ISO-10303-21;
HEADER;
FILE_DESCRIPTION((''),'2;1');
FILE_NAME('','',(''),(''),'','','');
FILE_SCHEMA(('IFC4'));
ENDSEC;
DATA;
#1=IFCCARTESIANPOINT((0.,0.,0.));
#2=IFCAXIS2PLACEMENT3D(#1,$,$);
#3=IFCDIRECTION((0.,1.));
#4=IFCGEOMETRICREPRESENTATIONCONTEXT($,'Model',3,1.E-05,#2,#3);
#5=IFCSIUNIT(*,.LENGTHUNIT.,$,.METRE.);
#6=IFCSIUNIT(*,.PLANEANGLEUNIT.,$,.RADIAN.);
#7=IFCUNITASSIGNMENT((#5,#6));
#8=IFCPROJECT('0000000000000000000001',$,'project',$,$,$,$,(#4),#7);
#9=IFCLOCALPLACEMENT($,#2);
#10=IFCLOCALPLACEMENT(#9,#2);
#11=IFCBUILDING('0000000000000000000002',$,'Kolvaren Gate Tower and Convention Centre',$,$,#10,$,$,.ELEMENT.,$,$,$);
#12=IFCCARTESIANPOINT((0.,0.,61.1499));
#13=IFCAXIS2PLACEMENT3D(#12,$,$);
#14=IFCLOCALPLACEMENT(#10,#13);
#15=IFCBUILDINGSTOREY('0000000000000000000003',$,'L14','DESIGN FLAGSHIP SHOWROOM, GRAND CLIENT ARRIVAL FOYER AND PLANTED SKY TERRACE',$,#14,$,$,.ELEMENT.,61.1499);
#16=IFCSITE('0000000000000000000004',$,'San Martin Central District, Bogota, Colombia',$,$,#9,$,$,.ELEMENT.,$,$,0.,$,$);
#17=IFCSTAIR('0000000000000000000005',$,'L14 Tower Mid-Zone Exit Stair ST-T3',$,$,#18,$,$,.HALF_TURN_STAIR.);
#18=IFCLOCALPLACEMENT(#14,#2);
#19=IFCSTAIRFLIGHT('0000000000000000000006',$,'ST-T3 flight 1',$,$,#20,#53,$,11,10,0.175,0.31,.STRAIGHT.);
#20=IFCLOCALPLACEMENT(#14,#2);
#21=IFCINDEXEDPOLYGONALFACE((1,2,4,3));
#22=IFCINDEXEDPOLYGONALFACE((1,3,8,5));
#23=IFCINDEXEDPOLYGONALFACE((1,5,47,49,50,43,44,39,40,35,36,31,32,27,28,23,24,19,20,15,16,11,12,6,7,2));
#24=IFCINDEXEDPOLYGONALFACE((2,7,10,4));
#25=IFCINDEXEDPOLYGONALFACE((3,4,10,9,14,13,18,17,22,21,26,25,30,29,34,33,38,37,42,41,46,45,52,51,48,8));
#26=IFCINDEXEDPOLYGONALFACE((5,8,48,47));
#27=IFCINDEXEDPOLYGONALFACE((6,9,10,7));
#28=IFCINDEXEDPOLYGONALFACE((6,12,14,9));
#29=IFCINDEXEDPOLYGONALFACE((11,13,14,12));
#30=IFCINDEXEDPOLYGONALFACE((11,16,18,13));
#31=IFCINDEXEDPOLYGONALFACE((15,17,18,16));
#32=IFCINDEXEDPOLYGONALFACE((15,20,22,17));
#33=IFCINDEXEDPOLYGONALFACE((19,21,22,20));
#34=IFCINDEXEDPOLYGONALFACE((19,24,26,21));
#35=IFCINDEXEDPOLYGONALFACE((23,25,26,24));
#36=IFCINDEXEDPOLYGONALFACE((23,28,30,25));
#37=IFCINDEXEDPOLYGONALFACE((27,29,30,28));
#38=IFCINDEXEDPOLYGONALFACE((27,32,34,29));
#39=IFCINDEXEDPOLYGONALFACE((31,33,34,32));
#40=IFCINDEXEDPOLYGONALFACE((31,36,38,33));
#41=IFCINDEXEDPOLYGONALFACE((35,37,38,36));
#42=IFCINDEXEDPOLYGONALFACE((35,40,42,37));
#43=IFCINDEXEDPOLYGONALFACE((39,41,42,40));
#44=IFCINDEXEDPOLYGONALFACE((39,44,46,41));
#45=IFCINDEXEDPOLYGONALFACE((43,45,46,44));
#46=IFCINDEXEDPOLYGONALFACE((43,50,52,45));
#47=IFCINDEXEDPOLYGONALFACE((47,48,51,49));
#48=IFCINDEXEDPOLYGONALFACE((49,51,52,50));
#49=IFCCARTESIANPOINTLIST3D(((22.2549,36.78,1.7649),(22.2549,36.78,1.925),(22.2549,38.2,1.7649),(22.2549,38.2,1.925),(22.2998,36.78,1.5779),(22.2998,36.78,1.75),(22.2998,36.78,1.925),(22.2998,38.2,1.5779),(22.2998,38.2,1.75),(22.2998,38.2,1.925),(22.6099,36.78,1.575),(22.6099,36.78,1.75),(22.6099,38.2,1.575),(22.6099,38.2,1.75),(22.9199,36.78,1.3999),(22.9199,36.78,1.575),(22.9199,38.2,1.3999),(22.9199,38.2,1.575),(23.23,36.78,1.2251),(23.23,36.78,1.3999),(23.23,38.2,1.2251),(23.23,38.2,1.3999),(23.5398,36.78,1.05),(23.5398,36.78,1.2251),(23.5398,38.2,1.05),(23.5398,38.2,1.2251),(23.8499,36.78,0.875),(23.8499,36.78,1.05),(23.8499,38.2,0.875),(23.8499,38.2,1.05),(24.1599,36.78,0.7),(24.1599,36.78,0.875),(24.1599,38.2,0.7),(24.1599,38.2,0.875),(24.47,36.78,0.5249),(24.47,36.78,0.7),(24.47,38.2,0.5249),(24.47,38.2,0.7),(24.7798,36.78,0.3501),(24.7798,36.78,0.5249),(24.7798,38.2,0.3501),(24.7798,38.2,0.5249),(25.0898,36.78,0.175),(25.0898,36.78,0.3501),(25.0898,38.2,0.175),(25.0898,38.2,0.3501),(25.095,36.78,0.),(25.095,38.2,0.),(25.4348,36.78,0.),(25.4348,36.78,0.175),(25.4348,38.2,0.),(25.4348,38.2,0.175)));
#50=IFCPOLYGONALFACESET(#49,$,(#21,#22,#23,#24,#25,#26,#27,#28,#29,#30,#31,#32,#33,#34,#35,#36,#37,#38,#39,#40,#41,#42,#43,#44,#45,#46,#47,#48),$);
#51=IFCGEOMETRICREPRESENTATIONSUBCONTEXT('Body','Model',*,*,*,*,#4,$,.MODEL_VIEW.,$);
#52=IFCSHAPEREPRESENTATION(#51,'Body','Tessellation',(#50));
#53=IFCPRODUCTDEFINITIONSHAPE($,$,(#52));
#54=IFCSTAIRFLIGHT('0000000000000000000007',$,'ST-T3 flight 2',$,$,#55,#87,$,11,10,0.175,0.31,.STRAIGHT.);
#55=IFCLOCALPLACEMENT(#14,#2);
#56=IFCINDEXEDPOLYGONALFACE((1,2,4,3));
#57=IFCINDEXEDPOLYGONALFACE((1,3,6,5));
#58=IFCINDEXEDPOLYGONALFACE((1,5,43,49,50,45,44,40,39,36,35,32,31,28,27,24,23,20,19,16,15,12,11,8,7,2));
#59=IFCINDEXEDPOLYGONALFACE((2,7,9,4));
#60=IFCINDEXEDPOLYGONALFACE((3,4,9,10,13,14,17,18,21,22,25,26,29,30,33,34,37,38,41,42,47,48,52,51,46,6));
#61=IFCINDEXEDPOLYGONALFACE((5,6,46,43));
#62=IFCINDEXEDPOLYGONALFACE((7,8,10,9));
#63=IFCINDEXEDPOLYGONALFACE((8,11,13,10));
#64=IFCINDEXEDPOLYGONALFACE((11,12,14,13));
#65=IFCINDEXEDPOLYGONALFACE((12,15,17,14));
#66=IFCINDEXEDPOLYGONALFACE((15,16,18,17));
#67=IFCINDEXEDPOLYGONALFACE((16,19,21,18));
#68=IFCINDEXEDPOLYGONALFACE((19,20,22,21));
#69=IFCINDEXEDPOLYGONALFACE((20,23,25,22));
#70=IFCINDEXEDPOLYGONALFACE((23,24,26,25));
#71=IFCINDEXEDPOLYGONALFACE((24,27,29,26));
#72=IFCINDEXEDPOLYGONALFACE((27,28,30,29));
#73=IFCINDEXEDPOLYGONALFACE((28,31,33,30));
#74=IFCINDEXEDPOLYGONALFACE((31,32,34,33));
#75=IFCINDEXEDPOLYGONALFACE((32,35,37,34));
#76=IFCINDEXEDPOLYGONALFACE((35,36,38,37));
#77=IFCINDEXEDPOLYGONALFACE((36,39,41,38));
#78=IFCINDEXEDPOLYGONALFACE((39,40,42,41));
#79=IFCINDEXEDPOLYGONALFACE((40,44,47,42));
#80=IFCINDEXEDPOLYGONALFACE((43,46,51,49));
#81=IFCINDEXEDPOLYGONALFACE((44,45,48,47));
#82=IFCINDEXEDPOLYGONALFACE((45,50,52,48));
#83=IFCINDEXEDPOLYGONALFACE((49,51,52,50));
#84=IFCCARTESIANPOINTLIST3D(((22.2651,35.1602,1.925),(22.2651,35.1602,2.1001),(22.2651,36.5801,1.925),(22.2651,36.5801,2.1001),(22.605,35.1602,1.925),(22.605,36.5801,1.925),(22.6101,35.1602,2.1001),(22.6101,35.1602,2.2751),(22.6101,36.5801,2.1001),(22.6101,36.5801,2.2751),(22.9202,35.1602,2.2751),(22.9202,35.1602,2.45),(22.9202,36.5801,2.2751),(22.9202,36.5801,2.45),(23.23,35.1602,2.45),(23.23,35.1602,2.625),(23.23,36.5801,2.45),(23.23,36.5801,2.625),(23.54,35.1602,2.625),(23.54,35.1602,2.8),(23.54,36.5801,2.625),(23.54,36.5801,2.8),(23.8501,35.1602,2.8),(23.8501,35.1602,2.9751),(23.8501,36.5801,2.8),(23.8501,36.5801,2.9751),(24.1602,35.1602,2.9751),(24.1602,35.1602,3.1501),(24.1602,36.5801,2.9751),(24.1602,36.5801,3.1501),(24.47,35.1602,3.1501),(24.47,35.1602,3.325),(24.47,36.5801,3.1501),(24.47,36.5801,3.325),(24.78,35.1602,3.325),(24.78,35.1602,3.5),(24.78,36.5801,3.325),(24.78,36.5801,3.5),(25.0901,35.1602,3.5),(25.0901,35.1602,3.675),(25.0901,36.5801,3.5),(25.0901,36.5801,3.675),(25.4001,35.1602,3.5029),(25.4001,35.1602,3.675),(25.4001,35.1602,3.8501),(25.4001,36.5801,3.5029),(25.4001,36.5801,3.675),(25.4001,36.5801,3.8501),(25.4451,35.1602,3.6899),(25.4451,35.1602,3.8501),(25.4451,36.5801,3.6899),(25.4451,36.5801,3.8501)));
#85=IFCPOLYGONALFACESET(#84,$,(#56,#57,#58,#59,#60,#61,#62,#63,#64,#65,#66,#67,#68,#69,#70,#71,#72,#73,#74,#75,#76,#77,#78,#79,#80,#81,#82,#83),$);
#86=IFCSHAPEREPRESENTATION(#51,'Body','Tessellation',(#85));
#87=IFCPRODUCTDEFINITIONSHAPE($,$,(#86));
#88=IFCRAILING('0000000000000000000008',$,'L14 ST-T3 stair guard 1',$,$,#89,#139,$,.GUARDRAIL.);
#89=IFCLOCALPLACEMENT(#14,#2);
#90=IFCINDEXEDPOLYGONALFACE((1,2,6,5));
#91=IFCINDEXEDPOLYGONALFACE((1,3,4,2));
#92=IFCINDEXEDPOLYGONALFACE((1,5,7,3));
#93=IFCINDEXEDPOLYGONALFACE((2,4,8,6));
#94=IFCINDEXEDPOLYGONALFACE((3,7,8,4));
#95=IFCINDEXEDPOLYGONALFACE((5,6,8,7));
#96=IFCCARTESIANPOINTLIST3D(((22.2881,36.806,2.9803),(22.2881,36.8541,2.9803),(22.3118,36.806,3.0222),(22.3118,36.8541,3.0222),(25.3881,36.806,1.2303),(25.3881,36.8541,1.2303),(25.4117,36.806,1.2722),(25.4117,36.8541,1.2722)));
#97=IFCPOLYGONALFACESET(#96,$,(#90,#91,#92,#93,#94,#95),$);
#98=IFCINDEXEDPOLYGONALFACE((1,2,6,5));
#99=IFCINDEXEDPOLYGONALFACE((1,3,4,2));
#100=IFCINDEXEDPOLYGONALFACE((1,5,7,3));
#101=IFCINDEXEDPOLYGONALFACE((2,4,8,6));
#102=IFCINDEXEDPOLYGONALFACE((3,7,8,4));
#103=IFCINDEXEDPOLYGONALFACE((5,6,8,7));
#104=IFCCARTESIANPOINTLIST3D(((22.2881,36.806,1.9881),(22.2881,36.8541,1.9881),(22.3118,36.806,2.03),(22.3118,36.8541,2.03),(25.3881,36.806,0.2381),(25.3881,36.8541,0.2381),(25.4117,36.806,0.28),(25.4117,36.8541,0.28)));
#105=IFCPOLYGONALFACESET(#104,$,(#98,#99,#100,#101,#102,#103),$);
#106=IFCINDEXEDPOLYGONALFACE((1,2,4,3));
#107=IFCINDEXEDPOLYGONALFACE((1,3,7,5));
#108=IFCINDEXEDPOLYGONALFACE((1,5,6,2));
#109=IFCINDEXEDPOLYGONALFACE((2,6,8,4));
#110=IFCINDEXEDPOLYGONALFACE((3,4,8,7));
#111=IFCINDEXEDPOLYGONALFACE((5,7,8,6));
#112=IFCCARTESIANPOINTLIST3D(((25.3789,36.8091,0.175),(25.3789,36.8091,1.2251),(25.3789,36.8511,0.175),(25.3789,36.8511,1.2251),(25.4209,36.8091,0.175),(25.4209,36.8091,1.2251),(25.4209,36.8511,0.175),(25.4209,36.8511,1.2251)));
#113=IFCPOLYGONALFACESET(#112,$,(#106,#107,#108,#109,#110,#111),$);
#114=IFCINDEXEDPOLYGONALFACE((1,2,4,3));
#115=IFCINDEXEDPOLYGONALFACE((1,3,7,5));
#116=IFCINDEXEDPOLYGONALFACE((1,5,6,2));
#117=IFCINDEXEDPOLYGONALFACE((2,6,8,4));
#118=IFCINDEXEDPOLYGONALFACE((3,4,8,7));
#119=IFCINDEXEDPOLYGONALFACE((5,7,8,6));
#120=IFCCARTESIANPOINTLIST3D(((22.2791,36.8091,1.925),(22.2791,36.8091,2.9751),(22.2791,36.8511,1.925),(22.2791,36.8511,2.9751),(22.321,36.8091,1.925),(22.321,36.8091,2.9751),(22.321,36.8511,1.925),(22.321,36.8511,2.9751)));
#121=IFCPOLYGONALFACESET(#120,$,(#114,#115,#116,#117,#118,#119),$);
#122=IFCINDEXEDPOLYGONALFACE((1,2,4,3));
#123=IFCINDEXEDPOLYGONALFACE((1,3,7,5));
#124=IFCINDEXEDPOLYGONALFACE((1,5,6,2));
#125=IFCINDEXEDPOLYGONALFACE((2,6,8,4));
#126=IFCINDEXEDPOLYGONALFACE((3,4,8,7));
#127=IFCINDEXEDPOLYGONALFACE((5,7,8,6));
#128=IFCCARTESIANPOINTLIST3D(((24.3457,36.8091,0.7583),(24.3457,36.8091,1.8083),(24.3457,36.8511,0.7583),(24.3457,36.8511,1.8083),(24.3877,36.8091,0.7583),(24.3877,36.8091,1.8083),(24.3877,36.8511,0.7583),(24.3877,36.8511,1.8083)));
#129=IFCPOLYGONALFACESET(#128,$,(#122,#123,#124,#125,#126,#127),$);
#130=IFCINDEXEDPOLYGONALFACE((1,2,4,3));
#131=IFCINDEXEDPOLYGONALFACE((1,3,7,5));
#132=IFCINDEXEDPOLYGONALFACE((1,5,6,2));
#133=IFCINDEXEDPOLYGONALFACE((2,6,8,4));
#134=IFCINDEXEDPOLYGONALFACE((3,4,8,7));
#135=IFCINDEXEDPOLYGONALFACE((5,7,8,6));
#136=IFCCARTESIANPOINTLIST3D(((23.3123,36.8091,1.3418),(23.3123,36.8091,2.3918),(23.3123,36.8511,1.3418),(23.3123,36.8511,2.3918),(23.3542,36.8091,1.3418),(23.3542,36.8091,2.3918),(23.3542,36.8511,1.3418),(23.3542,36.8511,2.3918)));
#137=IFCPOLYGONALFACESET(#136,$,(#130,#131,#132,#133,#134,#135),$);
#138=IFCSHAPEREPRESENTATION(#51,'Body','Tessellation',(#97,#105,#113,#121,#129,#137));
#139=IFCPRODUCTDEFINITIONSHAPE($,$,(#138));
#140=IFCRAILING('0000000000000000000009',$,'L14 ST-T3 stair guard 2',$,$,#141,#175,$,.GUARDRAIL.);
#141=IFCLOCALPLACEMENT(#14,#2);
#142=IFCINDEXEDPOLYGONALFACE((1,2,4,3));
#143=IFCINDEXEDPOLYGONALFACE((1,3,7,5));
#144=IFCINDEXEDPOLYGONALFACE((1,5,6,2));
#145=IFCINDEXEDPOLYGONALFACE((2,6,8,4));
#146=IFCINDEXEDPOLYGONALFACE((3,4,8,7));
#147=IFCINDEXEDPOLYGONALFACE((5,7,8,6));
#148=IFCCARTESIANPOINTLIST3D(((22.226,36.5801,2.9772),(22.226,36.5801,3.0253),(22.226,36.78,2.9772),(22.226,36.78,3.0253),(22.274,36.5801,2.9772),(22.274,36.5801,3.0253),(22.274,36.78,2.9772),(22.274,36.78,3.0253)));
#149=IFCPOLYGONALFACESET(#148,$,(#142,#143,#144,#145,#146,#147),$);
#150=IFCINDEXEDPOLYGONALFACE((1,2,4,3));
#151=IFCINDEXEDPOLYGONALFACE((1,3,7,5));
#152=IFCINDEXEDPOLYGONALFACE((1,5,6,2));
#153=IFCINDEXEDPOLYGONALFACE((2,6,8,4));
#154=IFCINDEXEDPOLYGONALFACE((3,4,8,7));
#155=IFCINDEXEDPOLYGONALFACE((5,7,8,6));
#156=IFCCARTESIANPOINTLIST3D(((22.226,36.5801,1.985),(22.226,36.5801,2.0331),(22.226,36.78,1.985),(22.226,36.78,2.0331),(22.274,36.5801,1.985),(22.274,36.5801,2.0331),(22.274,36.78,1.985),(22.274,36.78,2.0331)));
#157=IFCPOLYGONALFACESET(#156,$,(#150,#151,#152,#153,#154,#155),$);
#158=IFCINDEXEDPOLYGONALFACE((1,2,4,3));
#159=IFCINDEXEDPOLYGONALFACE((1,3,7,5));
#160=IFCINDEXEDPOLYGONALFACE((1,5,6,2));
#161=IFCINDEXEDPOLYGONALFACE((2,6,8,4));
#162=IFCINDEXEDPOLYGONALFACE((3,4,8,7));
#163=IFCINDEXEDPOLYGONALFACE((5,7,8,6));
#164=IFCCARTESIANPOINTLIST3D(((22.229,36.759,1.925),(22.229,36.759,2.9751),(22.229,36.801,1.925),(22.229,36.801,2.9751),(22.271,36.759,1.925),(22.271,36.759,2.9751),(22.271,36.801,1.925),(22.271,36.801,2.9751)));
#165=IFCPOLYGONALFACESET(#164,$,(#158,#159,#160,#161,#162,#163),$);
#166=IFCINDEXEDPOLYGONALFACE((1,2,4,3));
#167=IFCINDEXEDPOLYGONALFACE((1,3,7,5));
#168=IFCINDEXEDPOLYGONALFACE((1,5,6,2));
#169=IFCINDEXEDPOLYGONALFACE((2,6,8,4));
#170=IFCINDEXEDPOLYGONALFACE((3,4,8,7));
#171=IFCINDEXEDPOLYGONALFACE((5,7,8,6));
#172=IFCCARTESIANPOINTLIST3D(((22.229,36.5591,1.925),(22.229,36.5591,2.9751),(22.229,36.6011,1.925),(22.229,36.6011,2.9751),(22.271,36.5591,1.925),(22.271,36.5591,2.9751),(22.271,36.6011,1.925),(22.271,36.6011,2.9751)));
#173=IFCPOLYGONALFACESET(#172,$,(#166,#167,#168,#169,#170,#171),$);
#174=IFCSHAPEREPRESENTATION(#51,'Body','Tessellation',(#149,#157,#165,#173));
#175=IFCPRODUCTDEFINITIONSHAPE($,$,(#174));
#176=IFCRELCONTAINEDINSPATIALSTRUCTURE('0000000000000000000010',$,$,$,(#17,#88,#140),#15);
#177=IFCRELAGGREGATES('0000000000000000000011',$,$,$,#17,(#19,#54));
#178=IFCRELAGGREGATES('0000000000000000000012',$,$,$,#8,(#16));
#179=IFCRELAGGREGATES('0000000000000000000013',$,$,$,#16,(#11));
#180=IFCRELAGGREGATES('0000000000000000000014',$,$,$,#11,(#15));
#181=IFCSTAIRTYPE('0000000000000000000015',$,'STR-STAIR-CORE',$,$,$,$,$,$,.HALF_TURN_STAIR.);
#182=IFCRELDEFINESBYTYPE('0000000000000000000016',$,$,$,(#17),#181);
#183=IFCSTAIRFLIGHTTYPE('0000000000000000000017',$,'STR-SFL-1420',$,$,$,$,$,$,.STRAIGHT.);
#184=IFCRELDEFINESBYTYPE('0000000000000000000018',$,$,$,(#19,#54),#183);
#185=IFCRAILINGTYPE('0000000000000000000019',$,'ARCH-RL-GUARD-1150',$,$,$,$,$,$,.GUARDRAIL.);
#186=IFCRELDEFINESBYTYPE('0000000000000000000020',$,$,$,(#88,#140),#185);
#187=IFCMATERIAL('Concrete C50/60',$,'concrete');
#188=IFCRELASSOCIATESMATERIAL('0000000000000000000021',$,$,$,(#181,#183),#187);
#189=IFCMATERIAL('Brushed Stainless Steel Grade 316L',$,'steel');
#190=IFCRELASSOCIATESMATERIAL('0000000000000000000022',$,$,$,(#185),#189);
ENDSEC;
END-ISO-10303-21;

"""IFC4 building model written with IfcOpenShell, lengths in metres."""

from ifc_helpers import new_model, si_unit, direction, frame, origin, origin_2d, place, context, subcontext, project, spatial, polyline, rectangle, outline, extrude, material, type_object, element, aggregate, save


model = new_model("IFC4")

# Units and contexts
model_context = context("Model", 3, precision=1e-05, world=origin(), true_north=direction((0.0, 1.0)))
body_context = subcontext(model_context, "Body", "Model", "MODEL_VIEW")
ifc_project = project(units=[si_unit("LENGTHUNIT", "METRE"), si_unit("PLANEANGLEUNIT", "RADIAN")], contexts=[model_context])

# Site, building, storey
site_placement = place(None, origin())
site = spatial("IfcSite", under=ifc_project, at=site_placement, Name="San Martin Central District, Bogota, Colombia", CompositionType="ELEMENT", RefElevation=0.0)
building_placement = place(site_placement, origin())
building = spatial("IfcBuilding", under=site, at=building_placement, Name="Kolvaren Gate Tower and Convention Centre", CompositionType="ELEMENT")
storey_placement = place(building_placement, frame((0.0, 0.0, 61.1499)))
storey = spatial("IfcBuildingStorey", under=building, at=storey_placement, Name="L14", Description="DESIGN FLAGSHIP SHOWROOM, GRAND CLIENT ARRIVAL FOYER AND PLANTED SKY TERRACE", CompositionType="ELEMENT", Elevation=61.1499)

# Shared definitions
ifc_material_1 = material(Name="Concrete C50/60", Category="concrete")

# Stair, stair flights
stair_type = type_object("IfcStairType", Name="STR-STAIR-CORE", PredefinedType="HALF_TURN_STAIR", material=ifc_material_1)
stair_placement = place(storey_placement, origin())
stair = element("IfcStair", 1, at=stair_placement, inside=storey, type_object=stair_type, Name="L14 Tower Mid-Zone Exit Stair ST-T3", PredefinedType="HALF_TURN_STAIR")
stair_flight_type = type_object("IfcStairFlightType", Name="STR-SFL-1420", PredefinedType="STRAIGHT", material=ifc_material_1)
stair_flight_1_placement = place(storey_placement, frame((25.3999, 37.49, 0.0), z_axis=(0.0, 0.0, 1.0), x_axis=(-1.0, 0.0, 0.0)))
stair_flight_1 = element("IfcStairFlight", 2, at=stair_flight_1_placement, type_object=stair_flight_type, Name="ST-T3 flight 1", NumberOfRisers=11, NumberOfTreads=10, PredefinedType="STRAIGHT", RiserHeight=0.175, TreadLength=0.31, context=body_context, shape_type="SweptSolid", body=[
    extrude(outline(polyline([(-0.0349, 0.0), (-0.0349, 0.175), (0.3101, 0.175), (0.3101, 0.3501), (0.6201, 0.3501), (0.6201, 0.5249), (0.9299, 0.5249), (0.9299, 0.7), (1.24, 0.7), (1.24, 0.875), (1.55, 0.875), (1.55, 1.05), (1.8601, 1.05), (1.8601, 1.2251), (2.1699, 1.2251), (2.1699, 1.3999), (2.48, 1.3999), (2.48, 1.575), (2.79, 1.575), (2.79, 1.75), (3.1001, 1.75), (3.1001, 1.925), (3.145, 1.925), (3.145, 1.7649), (3.1001, 1.5779), (0.3049, 0.0), (-0.0349, 0.0)])), frame((0.0, 0.71, 0.0), z_axis=(0.0, -1.0, 0.0), x_axis=(1.0, 0.0, 0.0)), (0.0, 0.0, 1.0), 1.4199),
])
stair_flight_2_placement = place(storey_placement, frame((22.3, 35.8701, 1.925), z_axis=(0.0, 0.0, 1.0), x_axis=(1.0, 0.0, 0.0)))
stair_flight_2 = element("IfcStairFlight", 3, at=stair_flight_2_placement, type_object=stair_flight_type, Name="ST-T3 flight 2", NumberOfRisers=11, NumberOfTreads=10, PredefinedType="STRAIGHT", RiserHeight=0.175, TreadLength=0.31, context=body_context, shape_type="SweptSolid", body=[
    extrude(outline(polyline([(-0.0349, 0.0), (-0.0349, 0.175), (0.3101, 0.175), (0.3101, 0.3501), (0.6201, 0.3501), (0.6201, 0.5249), (0.9299, 0.5249), (0.9299, 0.7), (1.24, 0.7), (1.24, 0.875), (1.55, 0.875), (1.55, 1.05), (1.8601, 1.05), (1.8601, 1.2251), (2.1699, 1.2251), (2.1699, 1.3999), (2.48, 1.3999), (2.48, 1.575), (2.79, 1.575), (2.79, 1.75), (3.1001, 1.75), (3.1001, 1.925), (3.145, 1.925), (3.145, 1.7649), (3.1001, 1.5779), (0.3049, 0.0), (-0.0349, 0.0)])), frame((0.0, 0.71, 0.0), z_axis=(0.0, -1.0, 0.0), x_axis=(1.0, 0.0, 0.0)), (0.0, 0.0, 1.0), 1.4199),
])
aggregate(stair, [stair_flight_1, stair_flight_2])

# Railings
ifc_material_2 = material(Name="Brushed Stainless Steel Grade 316L", Category="steel")
railing_type_1 = type_object("IfcRailingType", Name="ARCH-RL-GUARD-1150", PredefinedType="GUARDRAIL", material=ifc_material_2)
railing_1_placement = place(storey_placement, frame((25.3999, 36.8301, 0.175)))
element("IfcRailing", 4, at=railing_1_placement, inside=storey, type_object=railing_type_1, Name="L14 ST-T3 stair guard 1", PredefinedType="GUARDRAIL", context=body_context, shape_type="SweptSolid", body=[
    extrude(rectangle(XDim=0.0481, YDim=0.0481, at=origin_2d()), frame((0.0, 0.0, 1.0762), z_axis=(-0.870814, 0.0, 0.491612), x_axis=(0.0, -1.0, 0.0)), (0.0, 0.0, 1.0), 3.5598),
    extrude(rectangle(XDim=0.0481, YDim=0.0481, at=origin_2d()), frame((0.0, 0.0, 0.084), z_axis=(-0.870814, 0.0, 0.491612), x_axis=(0.0, -1.0, 0.0)), (0.0, 0.0, 1.0), 3.5598),
    extrude(rectangle(XDim=0.042, YDim=0.042, at=origin_2d()), origin(), (0.0, 0.0, 1.0), 1.05),
    extrude(rectangle(XDim=0.042, YDim=0.042, at=origin_2d()), frame((-3.0999, 0.0, 1.75)), (0.0, 0.0, 1.0), 1.05),
    extrude(rectangle(XDim=0.042, YDim=0.042, at=origin_2d()), frame((-1.0332, 0.0, 0.5833)), (0.0, 0.0, 1.0), 1.05),
    extrude(rectangle(XDim=0.042, YDim=0.042, at=origin_2d()), frame((-2.0667, 0.0, 1.1667)), (0.0, 0.0, 1.0), 1.05),
])
railing_2_placement = place(storey_placement, frame((22.25, 36.78, 1.925)))
element("IfcRailing", 5, at=railing_2_placement, inside=storey, type_object=railing_type_1, Name="L14 ST-T3 stair guard 2", PredefinedType="GUARDRAIL", context=body_context, shape_type="SweptSolid", body=[
    extrude(rectangle(XDim=0.0481, YDim=0.0481, at=origin_2d()), frame((0.0, 0.0, 1.0762), z_axis=(0.0, -1.0, 0.0), x_axis=(1.0, 0.0, 0.0)), (0.0, 0.0, 1.0), 0.2),
    extrude(rectangle(XDim=0.0481, YDim=0.0481, at=origin_2d()), frame((0.0, 0.0, 0.084), z_axis=(0.0, -1.0, 0.0), x_axis=(1.0, 0.0, 0.0)), (0.0, 0.0, 1.0), 0.2),
    extrude(rectangle(XDim=0.042, YDim=0.042, at=origin_2d()), origin(), (0.0, 0.0, 1.0), 1.05),
    extrude(rectangle(XDim=0.042, YDim=0.042, at=origin_2d()), frame((0.0, -0.2, 0.0)), (0.0, 0.0, 1.0), 1.05),
])

save(model, "model.ifc")
